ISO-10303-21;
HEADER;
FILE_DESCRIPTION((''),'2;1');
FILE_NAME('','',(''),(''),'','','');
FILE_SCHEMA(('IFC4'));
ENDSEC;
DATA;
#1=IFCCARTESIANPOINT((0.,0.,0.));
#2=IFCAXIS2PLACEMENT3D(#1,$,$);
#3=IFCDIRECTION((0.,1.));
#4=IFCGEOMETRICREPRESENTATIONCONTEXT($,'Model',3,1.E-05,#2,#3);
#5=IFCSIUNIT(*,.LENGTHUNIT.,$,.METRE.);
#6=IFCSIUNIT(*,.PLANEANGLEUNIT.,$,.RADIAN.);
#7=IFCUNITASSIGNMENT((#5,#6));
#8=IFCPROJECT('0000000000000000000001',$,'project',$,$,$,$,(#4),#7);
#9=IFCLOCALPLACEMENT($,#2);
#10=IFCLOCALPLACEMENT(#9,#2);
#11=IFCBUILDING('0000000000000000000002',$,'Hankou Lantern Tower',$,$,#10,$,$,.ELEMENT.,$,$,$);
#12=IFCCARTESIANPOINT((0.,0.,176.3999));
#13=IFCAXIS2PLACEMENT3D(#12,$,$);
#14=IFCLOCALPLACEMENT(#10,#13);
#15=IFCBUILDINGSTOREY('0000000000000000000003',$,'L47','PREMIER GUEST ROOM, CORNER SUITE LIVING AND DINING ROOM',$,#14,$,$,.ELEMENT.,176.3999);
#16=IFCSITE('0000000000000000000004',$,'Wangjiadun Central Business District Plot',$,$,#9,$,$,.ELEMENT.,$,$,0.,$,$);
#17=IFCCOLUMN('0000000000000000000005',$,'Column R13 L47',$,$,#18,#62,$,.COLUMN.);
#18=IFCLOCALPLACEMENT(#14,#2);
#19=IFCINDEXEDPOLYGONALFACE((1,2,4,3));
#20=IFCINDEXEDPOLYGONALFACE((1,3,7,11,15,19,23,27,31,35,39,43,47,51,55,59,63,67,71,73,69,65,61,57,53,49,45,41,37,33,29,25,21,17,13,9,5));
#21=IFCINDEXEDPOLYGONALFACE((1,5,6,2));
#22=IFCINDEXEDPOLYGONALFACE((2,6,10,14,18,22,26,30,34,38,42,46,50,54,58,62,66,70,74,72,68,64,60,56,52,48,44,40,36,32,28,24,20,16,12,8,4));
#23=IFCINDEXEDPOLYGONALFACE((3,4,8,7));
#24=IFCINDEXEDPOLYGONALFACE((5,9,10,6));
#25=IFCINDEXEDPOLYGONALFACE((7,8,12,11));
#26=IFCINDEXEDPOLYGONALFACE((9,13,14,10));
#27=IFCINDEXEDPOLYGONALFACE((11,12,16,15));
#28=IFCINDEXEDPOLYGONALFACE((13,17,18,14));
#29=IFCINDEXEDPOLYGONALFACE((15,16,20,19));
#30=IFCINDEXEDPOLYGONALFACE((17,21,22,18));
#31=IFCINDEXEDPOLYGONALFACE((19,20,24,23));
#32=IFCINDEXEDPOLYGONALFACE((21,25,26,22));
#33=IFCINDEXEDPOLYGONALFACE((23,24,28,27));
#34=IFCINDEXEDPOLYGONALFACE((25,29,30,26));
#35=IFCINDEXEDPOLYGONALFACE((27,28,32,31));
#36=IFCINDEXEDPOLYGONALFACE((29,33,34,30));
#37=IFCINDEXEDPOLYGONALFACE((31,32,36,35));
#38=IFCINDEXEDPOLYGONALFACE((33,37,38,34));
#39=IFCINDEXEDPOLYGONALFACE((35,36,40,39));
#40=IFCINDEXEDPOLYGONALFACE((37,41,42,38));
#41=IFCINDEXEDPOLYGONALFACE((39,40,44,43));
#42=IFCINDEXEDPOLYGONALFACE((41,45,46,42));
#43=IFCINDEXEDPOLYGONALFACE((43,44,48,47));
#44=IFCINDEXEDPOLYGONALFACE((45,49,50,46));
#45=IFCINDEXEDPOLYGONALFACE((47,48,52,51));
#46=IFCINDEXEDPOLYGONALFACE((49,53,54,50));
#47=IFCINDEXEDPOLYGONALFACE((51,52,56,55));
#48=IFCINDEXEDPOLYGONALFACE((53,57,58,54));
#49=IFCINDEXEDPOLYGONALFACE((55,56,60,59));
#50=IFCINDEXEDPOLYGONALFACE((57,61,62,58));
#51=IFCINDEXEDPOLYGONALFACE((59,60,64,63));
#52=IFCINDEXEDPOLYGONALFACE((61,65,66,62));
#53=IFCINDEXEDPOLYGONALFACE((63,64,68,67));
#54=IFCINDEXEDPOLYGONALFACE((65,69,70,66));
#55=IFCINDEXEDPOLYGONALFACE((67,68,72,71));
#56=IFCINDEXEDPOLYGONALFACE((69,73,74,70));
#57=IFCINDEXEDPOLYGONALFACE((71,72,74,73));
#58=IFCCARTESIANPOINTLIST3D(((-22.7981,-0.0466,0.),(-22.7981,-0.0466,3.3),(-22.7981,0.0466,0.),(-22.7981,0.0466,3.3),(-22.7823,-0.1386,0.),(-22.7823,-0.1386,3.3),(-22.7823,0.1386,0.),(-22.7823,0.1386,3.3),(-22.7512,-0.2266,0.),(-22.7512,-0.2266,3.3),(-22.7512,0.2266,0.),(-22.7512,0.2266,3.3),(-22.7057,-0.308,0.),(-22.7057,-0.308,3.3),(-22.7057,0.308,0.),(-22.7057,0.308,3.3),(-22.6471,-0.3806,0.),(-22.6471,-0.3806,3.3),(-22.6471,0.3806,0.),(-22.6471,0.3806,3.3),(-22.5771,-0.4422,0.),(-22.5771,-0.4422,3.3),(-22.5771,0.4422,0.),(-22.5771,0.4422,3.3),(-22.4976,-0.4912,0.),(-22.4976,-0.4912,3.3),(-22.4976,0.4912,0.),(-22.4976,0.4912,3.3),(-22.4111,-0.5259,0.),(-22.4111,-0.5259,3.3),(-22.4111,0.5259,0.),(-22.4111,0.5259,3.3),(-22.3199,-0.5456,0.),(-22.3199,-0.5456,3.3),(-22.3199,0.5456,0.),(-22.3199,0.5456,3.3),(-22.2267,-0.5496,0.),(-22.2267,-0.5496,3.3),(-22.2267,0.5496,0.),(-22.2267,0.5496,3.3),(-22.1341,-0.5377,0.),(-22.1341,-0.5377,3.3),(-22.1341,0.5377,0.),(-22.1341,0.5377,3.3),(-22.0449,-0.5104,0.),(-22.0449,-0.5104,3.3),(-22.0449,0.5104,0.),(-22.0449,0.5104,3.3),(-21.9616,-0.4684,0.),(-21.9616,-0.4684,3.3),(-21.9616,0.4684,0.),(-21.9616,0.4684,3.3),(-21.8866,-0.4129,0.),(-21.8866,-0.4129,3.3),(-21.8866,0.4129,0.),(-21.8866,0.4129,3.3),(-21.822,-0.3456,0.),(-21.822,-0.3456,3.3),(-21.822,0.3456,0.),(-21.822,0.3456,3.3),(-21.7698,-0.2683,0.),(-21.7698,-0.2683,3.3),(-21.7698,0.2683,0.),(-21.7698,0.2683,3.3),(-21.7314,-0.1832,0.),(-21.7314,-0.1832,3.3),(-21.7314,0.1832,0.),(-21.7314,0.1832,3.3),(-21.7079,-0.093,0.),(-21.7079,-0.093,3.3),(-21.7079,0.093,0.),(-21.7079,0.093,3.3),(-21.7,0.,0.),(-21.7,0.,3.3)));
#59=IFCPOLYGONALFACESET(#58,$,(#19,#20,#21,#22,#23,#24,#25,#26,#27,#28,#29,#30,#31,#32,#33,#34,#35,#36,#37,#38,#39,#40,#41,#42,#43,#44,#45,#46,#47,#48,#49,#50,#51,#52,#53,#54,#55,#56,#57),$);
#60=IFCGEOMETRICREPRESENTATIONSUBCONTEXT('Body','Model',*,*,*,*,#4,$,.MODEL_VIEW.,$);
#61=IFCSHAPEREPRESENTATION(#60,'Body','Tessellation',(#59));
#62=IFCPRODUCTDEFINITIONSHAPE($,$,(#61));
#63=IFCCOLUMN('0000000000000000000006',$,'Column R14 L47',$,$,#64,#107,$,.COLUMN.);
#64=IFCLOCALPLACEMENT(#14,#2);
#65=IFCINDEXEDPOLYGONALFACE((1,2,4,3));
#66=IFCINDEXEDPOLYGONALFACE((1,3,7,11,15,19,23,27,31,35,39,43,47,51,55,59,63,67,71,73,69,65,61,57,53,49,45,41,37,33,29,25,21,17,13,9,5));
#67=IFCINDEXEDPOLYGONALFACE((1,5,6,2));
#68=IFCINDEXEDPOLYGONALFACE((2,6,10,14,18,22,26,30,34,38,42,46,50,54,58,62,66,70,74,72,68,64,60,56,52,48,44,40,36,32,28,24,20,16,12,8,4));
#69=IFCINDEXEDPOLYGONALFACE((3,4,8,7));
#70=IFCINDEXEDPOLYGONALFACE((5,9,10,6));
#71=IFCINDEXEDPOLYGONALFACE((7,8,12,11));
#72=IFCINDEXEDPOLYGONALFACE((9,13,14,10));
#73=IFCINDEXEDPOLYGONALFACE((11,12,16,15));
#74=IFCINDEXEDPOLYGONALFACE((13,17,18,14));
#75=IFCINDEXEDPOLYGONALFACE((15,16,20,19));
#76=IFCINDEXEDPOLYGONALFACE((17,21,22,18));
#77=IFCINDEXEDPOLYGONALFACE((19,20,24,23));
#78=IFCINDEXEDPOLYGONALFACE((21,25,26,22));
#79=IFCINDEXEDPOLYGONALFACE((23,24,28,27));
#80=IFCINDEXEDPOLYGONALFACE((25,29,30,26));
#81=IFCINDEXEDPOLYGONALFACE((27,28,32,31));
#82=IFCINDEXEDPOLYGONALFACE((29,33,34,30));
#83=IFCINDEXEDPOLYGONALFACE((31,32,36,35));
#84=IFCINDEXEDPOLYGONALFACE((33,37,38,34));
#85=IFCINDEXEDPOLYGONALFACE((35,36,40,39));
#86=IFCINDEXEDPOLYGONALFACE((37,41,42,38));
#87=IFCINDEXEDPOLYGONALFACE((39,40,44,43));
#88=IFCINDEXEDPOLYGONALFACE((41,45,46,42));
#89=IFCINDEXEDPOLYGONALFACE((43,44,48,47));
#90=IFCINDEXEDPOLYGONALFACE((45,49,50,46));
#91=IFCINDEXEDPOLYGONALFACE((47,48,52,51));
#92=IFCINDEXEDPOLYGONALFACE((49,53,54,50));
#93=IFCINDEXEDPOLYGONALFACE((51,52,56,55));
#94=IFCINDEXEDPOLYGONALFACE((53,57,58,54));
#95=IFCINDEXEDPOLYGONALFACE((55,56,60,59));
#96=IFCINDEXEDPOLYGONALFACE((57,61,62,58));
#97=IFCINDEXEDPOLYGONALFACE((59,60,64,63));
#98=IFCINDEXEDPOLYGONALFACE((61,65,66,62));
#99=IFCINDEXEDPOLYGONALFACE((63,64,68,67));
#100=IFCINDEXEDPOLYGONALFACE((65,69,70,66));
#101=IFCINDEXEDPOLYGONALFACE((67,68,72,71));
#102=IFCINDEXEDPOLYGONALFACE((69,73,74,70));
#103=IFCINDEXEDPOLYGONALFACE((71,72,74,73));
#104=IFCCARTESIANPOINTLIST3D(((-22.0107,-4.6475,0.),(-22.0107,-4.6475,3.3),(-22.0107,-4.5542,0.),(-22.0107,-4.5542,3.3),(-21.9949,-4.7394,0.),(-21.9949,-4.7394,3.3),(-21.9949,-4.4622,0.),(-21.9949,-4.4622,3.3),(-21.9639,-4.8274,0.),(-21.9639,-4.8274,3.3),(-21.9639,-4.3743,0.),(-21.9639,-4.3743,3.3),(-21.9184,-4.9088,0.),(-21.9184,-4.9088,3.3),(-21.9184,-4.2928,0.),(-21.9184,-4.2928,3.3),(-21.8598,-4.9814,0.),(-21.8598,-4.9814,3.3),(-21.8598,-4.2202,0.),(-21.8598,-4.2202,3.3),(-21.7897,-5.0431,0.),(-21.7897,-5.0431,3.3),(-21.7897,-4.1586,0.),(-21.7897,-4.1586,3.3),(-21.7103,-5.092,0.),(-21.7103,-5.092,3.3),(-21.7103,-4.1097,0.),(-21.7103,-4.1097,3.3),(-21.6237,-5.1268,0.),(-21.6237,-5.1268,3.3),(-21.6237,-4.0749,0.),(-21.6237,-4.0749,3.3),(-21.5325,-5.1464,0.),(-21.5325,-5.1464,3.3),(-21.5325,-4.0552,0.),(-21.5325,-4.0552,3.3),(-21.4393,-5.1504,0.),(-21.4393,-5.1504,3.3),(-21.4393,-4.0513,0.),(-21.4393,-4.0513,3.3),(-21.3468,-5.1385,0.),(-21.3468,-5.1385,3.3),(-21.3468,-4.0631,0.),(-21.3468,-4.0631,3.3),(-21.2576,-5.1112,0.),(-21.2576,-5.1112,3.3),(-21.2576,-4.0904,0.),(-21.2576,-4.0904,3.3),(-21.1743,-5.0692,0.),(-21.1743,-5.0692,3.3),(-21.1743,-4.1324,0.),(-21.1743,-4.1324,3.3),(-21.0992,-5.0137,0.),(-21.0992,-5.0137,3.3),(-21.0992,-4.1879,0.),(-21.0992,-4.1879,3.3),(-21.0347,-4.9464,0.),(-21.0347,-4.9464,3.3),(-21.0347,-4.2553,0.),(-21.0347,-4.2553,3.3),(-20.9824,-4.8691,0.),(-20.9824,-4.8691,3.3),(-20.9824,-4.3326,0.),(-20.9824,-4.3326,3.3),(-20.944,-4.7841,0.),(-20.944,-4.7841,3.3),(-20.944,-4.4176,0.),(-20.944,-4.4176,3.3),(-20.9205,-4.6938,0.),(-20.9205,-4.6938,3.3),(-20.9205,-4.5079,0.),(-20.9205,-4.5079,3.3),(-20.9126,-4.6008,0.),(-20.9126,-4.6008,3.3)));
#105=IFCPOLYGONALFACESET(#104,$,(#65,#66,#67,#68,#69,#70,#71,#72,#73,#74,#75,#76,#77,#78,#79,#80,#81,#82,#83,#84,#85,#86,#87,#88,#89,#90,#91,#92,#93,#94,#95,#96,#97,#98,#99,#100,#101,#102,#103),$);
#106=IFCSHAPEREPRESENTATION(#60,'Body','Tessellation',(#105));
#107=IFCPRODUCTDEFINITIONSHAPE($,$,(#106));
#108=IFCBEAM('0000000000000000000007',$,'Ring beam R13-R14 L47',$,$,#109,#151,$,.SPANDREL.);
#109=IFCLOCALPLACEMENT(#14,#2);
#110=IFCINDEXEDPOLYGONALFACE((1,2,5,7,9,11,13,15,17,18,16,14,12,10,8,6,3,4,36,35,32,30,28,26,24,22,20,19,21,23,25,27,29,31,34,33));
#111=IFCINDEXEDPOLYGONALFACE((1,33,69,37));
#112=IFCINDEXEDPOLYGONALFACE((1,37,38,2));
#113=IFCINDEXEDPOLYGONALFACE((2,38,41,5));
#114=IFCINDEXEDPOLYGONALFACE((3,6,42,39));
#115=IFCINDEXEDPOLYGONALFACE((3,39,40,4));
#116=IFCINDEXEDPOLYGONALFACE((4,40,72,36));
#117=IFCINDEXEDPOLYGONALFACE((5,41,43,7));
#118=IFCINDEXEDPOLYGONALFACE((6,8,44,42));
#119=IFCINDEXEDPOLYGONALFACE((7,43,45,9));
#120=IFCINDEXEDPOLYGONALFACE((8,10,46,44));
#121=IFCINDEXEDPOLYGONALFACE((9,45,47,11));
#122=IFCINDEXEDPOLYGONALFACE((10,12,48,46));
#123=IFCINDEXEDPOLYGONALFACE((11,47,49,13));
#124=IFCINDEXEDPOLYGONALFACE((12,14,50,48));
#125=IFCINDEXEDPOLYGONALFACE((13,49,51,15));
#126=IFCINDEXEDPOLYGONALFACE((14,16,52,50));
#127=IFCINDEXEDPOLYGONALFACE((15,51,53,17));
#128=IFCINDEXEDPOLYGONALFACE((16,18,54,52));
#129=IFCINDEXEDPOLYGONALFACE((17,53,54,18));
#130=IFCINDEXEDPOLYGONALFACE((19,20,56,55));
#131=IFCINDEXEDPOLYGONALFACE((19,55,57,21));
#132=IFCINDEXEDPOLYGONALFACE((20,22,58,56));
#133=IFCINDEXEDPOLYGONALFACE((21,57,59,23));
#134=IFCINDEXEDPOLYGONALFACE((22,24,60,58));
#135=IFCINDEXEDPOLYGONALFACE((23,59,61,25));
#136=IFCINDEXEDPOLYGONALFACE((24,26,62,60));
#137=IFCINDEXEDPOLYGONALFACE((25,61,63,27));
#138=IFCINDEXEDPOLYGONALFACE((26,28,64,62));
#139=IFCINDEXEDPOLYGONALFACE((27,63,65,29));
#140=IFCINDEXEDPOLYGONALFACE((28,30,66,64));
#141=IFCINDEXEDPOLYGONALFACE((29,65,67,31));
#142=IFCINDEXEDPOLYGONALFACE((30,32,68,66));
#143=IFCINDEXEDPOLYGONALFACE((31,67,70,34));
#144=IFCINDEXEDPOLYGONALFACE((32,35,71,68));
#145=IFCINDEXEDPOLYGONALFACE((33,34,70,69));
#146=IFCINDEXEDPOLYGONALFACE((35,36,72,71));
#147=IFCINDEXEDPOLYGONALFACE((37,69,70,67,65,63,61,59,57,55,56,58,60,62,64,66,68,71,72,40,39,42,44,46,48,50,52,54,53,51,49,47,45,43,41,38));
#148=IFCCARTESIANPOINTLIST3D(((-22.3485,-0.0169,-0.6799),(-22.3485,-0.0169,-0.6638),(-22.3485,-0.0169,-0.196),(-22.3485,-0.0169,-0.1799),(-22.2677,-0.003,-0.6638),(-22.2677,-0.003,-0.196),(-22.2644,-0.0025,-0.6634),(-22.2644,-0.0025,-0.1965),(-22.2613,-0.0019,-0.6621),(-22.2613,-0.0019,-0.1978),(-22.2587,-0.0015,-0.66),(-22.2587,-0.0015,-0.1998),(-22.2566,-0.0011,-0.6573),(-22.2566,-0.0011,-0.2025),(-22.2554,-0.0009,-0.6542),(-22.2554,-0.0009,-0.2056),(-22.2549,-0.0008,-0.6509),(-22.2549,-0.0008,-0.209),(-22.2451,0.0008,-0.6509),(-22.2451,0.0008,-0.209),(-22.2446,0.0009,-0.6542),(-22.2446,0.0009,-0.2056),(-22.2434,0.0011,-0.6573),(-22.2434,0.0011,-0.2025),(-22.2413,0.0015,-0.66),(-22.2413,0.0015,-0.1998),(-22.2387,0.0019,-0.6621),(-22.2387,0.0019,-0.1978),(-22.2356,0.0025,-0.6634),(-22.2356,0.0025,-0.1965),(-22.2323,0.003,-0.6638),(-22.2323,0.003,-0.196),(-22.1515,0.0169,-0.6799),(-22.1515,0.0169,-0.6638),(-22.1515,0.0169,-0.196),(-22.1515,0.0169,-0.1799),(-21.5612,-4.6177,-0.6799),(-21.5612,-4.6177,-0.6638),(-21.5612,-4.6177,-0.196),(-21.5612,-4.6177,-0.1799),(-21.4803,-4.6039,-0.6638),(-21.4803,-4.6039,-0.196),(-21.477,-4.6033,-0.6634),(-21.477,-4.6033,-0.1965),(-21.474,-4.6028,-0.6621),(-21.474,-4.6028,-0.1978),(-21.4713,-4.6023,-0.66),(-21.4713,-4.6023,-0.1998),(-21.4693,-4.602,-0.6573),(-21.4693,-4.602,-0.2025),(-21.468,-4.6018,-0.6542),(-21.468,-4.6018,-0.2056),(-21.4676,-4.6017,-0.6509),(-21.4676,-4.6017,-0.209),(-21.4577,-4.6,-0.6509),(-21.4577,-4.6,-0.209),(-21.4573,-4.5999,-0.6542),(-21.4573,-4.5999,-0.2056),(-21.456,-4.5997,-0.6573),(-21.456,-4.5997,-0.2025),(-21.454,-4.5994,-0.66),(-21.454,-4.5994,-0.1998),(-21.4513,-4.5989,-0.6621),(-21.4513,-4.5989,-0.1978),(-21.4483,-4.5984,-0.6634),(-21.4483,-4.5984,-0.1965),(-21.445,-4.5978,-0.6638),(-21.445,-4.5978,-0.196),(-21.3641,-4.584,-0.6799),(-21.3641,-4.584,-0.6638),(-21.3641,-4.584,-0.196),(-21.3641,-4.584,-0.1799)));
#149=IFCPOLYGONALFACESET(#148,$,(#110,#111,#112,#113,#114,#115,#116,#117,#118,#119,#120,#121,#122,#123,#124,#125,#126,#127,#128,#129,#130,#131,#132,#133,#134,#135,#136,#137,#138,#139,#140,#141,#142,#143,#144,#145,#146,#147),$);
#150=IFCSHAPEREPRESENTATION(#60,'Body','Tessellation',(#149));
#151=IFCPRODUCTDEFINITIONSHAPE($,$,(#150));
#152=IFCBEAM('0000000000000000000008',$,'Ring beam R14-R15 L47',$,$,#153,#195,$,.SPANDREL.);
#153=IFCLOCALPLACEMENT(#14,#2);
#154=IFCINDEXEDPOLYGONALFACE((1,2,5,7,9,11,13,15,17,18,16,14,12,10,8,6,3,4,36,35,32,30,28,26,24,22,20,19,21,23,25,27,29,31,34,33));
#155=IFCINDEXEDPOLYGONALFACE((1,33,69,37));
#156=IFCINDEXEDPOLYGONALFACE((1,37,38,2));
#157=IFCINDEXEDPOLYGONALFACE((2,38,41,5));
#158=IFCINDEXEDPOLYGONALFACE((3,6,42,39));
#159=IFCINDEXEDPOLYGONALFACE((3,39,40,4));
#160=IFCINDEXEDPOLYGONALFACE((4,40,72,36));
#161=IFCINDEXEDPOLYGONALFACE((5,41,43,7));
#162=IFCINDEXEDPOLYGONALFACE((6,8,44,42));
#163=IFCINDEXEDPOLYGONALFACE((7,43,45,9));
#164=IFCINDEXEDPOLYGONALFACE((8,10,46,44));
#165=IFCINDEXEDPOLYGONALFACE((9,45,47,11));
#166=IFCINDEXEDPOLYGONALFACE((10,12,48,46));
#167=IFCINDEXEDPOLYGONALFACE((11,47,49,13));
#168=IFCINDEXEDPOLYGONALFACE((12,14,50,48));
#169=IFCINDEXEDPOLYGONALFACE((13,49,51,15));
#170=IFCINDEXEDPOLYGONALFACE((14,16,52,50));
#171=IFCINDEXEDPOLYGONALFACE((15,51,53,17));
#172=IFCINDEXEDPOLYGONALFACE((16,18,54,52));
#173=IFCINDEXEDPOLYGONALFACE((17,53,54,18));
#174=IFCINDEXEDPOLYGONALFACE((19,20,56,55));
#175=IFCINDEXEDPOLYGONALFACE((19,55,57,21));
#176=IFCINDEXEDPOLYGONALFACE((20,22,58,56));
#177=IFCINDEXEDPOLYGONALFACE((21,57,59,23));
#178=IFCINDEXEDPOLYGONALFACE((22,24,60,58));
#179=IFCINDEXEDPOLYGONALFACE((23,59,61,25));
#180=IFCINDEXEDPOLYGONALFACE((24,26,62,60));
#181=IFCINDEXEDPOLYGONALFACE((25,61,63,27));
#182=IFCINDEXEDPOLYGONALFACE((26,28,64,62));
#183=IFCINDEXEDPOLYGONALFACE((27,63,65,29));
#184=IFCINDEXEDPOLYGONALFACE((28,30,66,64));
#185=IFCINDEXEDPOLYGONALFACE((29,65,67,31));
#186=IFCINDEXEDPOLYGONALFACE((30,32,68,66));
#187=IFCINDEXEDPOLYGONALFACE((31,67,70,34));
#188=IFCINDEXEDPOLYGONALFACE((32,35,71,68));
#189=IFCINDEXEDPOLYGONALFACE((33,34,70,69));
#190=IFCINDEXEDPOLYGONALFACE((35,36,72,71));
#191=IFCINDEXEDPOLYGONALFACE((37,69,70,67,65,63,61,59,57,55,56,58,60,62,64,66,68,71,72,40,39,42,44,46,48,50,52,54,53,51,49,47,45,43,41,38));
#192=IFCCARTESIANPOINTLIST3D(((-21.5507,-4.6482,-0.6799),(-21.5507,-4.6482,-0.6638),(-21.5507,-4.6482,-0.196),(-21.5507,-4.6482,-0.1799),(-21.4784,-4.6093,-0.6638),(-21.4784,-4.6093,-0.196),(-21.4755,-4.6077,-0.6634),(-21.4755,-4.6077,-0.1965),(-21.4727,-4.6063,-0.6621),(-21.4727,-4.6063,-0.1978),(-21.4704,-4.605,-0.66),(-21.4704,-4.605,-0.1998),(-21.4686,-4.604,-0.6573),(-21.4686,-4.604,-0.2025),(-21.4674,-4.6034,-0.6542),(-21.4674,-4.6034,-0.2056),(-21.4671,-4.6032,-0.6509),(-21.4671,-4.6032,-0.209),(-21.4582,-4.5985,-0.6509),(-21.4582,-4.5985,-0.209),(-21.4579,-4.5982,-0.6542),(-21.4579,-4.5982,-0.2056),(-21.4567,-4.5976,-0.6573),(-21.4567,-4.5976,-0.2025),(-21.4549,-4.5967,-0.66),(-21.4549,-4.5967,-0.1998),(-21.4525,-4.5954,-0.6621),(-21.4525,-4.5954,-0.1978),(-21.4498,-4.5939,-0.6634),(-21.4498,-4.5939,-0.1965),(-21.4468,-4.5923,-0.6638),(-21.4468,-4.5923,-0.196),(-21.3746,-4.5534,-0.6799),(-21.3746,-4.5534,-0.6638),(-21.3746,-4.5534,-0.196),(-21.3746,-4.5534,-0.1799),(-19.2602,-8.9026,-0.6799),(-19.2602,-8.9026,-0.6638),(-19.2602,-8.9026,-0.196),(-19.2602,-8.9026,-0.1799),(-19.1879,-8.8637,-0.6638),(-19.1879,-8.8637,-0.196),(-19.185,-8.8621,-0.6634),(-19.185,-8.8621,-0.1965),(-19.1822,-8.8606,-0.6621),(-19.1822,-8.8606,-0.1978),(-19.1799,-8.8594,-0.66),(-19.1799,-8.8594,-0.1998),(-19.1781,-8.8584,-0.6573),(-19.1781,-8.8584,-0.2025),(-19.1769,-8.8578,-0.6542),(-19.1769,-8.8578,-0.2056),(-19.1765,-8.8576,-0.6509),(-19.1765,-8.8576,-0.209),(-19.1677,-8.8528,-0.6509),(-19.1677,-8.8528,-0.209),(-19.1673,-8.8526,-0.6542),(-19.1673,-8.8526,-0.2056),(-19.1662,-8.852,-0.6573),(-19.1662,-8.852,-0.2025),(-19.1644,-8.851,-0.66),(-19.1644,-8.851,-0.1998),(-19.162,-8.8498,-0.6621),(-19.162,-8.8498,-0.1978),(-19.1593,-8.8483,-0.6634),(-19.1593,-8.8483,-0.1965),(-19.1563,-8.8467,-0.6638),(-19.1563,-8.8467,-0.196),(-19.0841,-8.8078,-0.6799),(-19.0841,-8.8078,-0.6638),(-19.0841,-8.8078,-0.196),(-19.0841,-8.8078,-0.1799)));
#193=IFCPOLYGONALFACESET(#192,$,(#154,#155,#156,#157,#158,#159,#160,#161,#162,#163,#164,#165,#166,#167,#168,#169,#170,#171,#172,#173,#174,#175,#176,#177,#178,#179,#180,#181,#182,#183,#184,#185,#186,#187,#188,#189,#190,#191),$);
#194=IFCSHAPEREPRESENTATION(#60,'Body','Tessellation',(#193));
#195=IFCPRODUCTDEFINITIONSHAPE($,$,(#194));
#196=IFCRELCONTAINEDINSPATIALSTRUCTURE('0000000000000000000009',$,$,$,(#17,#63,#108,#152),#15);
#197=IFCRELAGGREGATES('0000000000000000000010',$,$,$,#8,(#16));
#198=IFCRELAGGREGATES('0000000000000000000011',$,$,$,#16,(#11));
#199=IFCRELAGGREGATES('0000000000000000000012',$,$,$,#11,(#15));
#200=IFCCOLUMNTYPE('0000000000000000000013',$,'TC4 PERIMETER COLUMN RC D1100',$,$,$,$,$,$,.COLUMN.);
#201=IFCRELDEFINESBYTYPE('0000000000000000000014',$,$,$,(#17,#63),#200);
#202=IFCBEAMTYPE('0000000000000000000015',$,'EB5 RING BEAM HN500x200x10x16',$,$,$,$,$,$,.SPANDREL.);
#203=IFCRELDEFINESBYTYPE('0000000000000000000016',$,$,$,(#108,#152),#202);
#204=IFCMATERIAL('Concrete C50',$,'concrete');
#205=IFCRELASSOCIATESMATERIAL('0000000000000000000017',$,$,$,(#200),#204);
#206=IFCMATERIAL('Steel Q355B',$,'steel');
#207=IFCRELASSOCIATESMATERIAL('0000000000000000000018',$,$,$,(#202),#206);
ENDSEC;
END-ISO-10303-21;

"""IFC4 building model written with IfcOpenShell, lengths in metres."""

from ifc_helpers import new_model, si_unit, direction, frame, origin, origin_2d, place, context, subcontext, project, spatial, circle, i_section, extrude, material, material_profile, profile_set, type_object, element, save


model = new_model("IFC4")

# Units and contexts
model_context = context("Model", 3, precision=1e-05, world=origin(), true_north=direction((0.0, 1.0)))
body_context = subcontext(model_context, "Body", "Model", "MODEL_VIEW")
ifc_project = project(units=[si_unit("LENGTHUNIT", "METRE"), si_unit("PLANEANGLEUNIT", "RADIAN")], contexts=[model_context])

# Site, building, storey
site_placement = place(None, origin())
site = spatial("IfcSite", under=ifc_project, at=site_placement, Name="Wangjiadun Central Business District Plot", CompositionType="ELEMENT", RefElevation=0.0)
building_placement = place(site_placement, origin())
building = spatial("IfcBuilding", under=site, at=building_placement, Name="Hankou Lantern Tower", CompositionType="ELEMENT")
storey_placement = place(building_placement, frame((0.0, 0.0, 176.3999)))
storey = spatial("IfcBuildingStorey", under=building, at=storey_placement, Name="L47", Description="PREMIER GUEST ROOM, CORNER SUITE LIVING AND DINING ROOM", CompositionType="ELEMENT", Elevation=176.3999)

# Columns
ifc_material_1 = material(Name="Concrete C50", Category="concrete")
ifc_material_profile_1 = material_profile(ifc_material_1, circle(Radius=0.55, at=origin_2d()), Name="RC D1100")
ifc_profile_set_1 = profile_set([ifc_material_profile_1], Name="Concrete C50")
column_type = type_object("IfcColumnType", Name="TC4 PERIMETER COLUMN RC D1100", PredefinedType="COLUMN", material=ifc_profile_set_1)
for number, where, z_axis, x_axis, name in (
    (1, (-22.25, 0.0, 0.0), (0.0, 0.0, 1.0), (1.0, 0.0, 0.0), "Column R13 L47"),
    (2, (-21.4626, -4.6008, 0.0), (0.0, 0.0, 1.0), (1.0, 0.0, 0.0), "Column R14 L47"),
):
    element("IfcColumn", number, at=place(storey_placement, frame(where, z_axis=z_axis, x_axis=x_axis)), inside=storey, type_object=column_type, Name=name, PredefinedType="COLUMN", context=body_context, shape_type="SweptSolid", body=[
        extrude(circle(Radius=0.55, at=origin_2d()), origin(), (0.0, 0.0, 1.0), 3.3),
    ])

# Beams
ifc_material_2 = material(Name="Steel Q355B", Category="steel")
ifc_material_profile_2 = material_profile(ifc_material_2, i_section(OverallWidth=0.2, OverallDepth=0.5, WebThickness=0.01, FlangeThickness=0.0161, FilletRadius=0.0129, at=origin_2d()), Name="HN500x200x10x16")
ifc_profile_set_2 = profile_set([ifc_material_profile_2], Name="Steel Q355B")
beam_type_1 = type_object("IfcBeamType", Name="EB5 RING BEAM HN500x200x10x16", PredefinedType="SPANDREL", material=ifc_profile_set_2)
beam_1_placement = place(storey_placement, frame((-22.25, 0.0, -0.4299), z_axis=(0.168681, -0.985671, 0.0), x_axis=(0.985671, 0.168681, 0.0)))
element("IfcBeam", 3, at=beam_1_placement, inside=storey, type_object=beam_type_1, Name="Ring beam R13-R14 L47", PredefinedType="SPANDREL", context=body_context, shape_type="SweptSolid", body=[
    extrude(i_section(OverallWidth=0.2, OverallDepth=0.5, WebThickness=0.01, FlangeThickness=0.0161, FilletRadius=0.0129, at=origin_2d()), origin(), (0.0, 0.0, 1.0), 4.6677),
])
beam_2_placement = place(storey_placement, frame((-21.4626, -4.6008, -0.4299), z_axis=(0.474052, -0.880497, 0.0), x_axis=(0.880497, 0.474052, 0.0)))
element("IfcBeam", 4, at=beam_2_placement, inside=storey, type_object=beam_type_1, Name="Ring beam R14-R15 L47", PredefinedType="SPANDREL", context=body_context, shape_type="SweptSolid", body=[
    extrude(i_section(OverallWidth=0.2, OverallDepth=0.5, WebThickness=0.01, FlangeThickness=0.0161, FilletRadius=0.0129, at=origin_2d()), origin(), (0.0, 0.0, 1.0), 4.8318),
])

save(model, "model.ifc")
